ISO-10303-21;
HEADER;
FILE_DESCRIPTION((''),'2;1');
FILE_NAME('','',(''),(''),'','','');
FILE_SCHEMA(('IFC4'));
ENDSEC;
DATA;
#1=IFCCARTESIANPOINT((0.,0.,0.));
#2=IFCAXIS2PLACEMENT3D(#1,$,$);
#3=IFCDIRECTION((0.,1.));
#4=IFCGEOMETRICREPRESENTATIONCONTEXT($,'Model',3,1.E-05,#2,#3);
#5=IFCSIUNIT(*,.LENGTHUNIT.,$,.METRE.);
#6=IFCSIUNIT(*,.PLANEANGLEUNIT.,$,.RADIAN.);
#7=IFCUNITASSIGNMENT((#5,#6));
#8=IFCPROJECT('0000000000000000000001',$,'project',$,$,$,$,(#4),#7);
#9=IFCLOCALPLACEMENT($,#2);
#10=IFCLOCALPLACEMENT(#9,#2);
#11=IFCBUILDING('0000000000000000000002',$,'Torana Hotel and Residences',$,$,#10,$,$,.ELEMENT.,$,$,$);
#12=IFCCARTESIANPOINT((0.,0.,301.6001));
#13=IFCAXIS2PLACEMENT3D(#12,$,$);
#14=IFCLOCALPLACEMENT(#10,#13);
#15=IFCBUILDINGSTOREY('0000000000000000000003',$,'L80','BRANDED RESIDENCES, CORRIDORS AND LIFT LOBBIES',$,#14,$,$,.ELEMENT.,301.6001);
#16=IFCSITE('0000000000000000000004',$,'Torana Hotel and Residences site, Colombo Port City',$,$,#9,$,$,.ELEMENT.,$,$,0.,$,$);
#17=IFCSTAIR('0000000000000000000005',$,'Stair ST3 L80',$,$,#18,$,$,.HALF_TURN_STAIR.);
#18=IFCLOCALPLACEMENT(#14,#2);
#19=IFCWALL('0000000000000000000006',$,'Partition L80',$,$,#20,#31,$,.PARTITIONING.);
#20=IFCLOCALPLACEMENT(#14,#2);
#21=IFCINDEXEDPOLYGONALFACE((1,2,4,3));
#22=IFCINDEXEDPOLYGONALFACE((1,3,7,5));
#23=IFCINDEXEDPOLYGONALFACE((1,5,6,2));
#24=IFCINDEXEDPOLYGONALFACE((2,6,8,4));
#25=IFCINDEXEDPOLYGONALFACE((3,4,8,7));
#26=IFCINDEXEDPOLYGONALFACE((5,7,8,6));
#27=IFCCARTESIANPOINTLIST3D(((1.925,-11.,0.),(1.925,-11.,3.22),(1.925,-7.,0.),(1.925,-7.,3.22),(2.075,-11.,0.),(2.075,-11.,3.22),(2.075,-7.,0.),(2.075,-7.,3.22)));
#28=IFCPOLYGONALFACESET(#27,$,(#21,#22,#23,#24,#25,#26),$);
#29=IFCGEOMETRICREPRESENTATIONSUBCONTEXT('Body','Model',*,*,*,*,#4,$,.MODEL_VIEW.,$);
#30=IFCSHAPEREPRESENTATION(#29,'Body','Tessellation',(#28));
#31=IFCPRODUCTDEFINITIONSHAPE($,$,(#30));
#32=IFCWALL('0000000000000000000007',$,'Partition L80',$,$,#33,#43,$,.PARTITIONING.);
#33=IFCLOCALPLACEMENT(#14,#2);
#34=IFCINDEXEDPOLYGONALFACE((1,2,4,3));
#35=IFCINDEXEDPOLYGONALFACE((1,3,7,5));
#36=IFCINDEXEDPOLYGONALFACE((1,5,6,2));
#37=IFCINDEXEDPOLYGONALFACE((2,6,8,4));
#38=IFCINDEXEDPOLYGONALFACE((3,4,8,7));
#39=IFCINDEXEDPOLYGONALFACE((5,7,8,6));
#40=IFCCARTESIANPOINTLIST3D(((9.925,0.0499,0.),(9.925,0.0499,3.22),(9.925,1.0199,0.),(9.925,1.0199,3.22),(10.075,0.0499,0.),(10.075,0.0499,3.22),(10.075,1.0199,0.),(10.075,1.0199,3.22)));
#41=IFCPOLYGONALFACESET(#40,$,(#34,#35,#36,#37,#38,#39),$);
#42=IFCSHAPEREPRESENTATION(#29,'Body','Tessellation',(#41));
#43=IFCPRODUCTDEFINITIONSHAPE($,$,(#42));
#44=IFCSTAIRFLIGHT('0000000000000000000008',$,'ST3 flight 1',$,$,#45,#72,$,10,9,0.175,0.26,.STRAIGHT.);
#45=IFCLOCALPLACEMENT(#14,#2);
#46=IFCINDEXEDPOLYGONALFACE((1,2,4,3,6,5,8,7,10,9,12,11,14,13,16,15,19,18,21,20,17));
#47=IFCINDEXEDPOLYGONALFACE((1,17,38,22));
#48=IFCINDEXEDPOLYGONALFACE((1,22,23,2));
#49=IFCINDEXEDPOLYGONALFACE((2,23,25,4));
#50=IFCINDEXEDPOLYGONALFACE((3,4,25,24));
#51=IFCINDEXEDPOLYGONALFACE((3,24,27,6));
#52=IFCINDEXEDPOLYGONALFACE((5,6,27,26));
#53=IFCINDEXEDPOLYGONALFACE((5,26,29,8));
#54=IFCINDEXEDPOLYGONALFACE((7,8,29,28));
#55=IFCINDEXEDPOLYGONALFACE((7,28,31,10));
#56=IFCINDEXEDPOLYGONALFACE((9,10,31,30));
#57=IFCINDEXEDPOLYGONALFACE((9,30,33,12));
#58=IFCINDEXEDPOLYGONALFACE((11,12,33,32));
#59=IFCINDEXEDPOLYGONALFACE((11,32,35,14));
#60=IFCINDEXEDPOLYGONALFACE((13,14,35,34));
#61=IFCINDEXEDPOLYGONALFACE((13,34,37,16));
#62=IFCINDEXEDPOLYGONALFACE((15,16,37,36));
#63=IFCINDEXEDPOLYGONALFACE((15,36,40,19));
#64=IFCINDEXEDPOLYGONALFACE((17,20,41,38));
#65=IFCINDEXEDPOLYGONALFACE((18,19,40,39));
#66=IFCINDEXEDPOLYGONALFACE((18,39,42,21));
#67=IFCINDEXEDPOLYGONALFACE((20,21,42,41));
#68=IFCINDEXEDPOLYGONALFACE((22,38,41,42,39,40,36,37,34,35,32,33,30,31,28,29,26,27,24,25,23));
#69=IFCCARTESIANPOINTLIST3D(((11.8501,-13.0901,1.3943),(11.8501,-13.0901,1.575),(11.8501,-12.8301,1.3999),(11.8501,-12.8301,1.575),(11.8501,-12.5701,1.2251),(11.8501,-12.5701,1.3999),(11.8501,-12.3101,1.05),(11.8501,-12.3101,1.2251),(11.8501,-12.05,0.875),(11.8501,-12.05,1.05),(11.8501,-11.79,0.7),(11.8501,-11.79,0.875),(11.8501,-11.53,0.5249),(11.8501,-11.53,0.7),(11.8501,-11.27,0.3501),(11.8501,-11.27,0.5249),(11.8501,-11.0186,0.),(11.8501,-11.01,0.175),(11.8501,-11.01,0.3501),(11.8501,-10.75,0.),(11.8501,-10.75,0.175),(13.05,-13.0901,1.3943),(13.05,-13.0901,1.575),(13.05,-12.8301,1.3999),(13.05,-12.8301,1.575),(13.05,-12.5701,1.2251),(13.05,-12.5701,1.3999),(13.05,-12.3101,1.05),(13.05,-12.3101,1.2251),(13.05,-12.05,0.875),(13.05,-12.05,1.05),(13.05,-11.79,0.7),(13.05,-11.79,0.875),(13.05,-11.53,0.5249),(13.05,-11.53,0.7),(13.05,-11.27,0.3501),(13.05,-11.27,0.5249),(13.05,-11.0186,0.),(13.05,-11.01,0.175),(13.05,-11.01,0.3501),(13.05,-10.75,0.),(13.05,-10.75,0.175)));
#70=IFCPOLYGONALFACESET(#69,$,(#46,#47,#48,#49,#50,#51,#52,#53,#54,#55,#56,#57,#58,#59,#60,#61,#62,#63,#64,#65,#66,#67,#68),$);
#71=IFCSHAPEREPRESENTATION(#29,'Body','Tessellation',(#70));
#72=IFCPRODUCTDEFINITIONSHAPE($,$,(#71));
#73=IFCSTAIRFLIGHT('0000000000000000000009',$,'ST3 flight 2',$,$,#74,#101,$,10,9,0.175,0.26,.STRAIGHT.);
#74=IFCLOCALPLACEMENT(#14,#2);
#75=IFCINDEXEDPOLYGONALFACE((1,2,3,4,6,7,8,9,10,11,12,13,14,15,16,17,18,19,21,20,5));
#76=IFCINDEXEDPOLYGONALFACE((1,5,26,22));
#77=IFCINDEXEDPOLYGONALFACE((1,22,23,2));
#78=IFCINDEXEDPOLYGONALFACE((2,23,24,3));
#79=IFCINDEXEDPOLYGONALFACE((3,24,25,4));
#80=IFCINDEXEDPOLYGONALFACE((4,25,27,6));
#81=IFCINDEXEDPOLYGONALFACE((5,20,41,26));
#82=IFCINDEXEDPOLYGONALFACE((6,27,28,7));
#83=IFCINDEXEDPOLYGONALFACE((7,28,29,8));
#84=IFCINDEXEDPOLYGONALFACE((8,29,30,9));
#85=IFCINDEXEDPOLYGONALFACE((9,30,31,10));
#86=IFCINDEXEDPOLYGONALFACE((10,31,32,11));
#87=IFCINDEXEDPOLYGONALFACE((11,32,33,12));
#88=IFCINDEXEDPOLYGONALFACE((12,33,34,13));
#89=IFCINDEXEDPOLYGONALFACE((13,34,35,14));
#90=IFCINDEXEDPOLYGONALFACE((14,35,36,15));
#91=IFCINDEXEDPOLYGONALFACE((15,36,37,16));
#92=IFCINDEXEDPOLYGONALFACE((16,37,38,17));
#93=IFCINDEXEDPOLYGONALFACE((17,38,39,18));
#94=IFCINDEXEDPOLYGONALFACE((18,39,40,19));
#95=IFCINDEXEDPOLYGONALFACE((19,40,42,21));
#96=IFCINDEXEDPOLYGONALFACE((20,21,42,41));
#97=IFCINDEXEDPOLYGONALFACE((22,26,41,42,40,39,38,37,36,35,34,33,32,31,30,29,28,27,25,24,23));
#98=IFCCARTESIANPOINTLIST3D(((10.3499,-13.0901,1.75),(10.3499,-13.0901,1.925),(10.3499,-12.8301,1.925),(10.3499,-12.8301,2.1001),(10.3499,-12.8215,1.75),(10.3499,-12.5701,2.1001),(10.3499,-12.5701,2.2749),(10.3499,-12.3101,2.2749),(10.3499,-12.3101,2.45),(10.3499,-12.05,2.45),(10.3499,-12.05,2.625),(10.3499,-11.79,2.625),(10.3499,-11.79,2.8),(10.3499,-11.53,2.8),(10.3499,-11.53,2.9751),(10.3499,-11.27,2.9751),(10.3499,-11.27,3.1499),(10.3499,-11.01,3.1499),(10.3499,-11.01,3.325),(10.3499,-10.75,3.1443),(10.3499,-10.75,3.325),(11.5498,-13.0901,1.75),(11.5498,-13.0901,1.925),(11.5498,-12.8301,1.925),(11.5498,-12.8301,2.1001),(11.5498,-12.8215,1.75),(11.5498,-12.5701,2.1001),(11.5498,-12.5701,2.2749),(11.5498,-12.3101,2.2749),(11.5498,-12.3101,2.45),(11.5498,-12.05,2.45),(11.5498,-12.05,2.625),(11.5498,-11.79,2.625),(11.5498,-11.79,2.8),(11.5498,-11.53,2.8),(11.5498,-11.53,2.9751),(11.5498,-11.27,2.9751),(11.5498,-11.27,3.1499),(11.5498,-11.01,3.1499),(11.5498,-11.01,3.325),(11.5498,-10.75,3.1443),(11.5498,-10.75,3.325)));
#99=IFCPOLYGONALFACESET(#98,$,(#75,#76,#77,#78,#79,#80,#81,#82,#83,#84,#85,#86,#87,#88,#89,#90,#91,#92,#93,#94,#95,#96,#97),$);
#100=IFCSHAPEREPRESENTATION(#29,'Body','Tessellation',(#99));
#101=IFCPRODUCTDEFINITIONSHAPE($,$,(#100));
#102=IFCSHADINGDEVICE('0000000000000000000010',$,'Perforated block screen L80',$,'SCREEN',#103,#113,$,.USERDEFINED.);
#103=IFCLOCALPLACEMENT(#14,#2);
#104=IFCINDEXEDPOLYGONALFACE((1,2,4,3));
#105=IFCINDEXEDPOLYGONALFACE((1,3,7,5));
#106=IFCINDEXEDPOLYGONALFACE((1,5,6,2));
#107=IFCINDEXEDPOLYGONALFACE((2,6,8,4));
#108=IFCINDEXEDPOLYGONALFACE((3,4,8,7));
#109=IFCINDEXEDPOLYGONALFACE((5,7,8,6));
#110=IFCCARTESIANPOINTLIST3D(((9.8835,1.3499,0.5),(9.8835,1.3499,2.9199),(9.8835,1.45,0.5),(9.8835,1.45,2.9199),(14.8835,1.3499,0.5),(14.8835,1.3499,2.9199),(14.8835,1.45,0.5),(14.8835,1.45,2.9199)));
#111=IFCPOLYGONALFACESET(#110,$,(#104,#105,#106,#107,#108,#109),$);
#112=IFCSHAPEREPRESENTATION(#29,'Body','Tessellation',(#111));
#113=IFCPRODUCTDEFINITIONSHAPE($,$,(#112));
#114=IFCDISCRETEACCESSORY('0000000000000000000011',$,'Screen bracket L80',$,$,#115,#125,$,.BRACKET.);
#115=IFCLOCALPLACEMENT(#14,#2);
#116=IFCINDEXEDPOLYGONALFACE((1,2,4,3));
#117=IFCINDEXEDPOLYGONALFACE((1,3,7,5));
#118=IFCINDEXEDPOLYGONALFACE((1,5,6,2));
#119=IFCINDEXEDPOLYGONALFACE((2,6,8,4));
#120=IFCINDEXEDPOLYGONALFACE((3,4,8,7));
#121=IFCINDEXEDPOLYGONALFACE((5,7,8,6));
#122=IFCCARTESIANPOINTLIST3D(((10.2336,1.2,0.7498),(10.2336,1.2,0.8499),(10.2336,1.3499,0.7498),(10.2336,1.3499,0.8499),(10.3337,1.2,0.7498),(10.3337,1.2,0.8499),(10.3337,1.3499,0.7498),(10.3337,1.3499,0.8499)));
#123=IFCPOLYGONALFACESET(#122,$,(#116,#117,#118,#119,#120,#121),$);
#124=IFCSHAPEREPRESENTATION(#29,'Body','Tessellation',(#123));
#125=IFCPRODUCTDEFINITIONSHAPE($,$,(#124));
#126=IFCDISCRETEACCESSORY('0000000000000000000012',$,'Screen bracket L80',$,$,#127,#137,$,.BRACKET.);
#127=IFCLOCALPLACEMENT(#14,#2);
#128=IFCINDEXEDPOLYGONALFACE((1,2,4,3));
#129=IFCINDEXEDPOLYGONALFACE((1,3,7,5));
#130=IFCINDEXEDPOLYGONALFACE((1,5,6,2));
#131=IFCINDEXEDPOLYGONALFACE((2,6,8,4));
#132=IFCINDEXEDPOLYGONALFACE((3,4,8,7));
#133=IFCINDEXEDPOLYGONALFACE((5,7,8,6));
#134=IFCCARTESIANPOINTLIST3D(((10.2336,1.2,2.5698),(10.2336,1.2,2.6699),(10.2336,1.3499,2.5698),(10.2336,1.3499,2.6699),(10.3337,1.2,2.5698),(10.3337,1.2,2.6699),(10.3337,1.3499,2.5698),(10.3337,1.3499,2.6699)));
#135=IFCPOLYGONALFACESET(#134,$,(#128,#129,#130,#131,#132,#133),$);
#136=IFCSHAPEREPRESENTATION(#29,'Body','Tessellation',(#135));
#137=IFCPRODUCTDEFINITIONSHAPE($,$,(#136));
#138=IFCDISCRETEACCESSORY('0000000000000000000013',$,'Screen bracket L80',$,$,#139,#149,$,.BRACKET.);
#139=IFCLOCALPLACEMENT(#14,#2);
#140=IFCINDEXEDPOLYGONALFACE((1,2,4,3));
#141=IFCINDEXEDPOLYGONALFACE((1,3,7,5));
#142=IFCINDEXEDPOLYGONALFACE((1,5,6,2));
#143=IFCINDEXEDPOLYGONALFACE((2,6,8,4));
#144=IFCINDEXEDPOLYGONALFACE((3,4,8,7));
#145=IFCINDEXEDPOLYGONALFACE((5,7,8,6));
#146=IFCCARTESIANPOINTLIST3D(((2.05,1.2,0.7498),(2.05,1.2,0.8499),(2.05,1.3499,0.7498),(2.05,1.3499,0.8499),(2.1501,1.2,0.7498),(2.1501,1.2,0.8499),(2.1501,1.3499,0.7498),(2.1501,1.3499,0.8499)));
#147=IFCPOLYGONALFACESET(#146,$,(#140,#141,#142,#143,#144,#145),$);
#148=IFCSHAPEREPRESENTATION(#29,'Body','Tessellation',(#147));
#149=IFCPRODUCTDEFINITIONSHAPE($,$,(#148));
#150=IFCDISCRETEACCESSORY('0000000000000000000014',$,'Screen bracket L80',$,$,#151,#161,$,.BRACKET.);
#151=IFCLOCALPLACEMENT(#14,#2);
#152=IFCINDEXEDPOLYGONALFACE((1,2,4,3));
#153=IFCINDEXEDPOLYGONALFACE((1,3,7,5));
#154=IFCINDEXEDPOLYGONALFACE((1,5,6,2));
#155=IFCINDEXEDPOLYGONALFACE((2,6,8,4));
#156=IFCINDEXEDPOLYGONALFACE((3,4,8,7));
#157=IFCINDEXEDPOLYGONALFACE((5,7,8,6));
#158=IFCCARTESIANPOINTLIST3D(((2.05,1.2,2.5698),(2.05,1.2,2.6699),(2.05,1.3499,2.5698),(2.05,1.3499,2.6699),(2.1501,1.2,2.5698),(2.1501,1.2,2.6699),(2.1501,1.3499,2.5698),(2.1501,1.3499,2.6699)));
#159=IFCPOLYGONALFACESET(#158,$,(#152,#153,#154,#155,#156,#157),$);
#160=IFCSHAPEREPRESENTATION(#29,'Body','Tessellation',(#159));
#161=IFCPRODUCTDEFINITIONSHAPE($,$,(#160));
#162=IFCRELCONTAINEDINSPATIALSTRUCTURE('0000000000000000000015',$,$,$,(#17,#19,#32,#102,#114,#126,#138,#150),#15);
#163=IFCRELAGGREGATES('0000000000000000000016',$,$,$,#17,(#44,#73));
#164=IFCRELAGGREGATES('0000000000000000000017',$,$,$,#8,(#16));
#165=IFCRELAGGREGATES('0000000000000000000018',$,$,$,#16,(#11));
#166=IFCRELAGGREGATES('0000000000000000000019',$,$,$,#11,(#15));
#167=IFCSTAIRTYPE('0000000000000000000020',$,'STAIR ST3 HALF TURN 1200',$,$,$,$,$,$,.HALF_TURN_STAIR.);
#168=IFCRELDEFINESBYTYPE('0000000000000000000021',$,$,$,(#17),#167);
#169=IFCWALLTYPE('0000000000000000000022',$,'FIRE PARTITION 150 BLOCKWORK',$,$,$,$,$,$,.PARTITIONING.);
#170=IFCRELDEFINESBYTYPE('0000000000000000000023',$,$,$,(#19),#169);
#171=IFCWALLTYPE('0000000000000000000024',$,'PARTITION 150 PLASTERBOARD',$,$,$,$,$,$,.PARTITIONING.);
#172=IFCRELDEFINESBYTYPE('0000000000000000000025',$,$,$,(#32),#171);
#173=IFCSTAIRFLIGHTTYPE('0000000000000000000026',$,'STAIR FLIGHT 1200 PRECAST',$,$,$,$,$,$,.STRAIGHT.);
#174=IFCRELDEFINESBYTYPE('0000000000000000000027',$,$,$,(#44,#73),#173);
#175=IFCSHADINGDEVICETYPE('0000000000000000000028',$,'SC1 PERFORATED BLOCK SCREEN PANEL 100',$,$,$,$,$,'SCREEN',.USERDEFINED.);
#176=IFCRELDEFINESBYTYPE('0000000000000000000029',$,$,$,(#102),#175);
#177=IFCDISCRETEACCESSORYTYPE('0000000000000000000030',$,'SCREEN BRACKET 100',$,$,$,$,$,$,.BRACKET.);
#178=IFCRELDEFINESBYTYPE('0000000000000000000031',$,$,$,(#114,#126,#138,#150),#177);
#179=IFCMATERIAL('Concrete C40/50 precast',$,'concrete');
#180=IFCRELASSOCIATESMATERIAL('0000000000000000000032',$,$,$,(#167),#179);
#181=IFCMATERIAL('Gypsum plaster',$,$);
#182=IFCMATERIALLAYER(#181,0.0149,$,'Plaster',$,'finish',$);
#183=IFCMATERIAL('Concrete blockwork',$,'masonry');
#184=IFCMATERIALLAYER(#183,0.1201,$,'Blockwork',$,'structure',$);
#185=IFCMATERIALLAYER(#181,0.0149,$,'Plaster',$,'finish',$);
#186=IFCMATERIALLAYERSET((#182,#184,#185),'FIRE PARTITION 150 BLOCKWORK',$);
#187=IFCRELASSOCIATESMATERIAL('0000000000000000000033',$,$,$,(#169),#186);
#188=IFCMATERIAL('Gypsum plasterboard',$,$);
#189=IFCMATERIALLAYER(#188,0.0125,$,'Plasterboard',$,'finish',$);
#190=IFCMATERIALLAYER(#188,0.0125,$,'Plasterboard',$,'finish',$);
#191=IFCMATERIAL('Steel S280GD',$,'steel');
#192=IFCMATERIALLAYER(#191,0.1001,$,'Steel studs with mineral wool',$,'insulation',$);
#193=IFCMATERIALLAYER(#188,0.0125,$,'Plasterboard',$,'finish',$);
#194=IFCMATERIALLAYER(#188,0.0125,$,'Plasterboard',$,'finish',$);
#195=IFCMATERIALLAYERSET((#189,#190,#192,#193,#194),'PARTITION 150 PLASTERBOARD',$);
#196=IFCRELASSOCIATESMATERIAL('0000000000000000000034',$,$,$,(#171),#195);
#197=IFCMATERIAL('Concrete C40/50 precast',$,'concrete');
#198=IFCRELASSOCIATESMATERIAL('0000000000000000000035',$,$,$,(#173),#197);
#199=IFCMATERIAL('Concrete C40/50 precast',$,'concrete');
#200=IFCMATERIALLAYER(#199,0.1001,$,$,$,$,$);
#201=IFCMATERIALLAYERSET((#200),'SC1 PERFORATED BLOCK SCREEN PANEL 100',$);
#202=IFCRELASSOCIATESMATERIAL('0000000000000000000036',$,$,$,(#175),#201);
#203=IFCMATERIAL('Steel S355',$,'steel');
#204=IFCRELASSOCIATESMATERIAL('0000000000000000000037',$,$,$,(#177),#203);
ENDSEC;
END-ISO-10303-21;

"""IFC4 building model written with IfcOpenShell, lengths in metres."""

from ifc_helpers import new_model, si_unit, direction, frame, frame_2d, origin, origin_2d, place, context, subcontext, project, spatial, polyline, rectangle, outline, extrude, material, layer, layer_set, type_object, element, aggregate, save


model = new_model("IFC4")

# Units and contexts
model_context = context("Model", 3, precision=1e-05, world=origin(), true_north=direction((0.0, 1.0)))
body_context = subcontext(model_context, "Body", "Model", "MODEL_VIEW")
ifc_project = project(units=[si_unit("LENGTHUNIT", "METRE"), si_unit("PLANEANGLEUNIT", "RADIAN")], contexts=[model_context])

# Site, building, storey
site_placement = place(None, origin())
site = spatial("IfcSite", under=ifc_project, at=site_placement, Name="Torana Hotel and Residences site, Colombo Port City", CompositionType="ELEMENT", RefElevation=0.0)
building_placement = place(site_placement, origin())
building = spatial("IfcBuilding", under=site, at=building_placement, Name="Torana Hotel and Residences", CompositionType="ELEMENT")
storey_placement = place(building_placement, frame((0.0, 0.0, 301.6001)))
storey = spatial("IfcBuildingStorey", under=building, at=storey_placement, Name="L80", Description="BRANDED RESIDENCES, CORRIDORS AND LIFT LOBBIES", CompositionType="ELEMENT", Elevation=301.6001)

# Stair
ifc_material_1 = material(Name="Concrete C40/50 precast", Category="concrete")
stair_type_1 = type_object("IfcStairType", Name="STAIR ST3 HALF TURN 1200", PredefinedType="HALF_TURN_STAIR", material=ifc_material_1)
stair_1_placement = place(storey_placement, origin())
stair_1 = element("IfcStair", 1, at=stair_1_placement, inside=storey, type_object=stair_type_1, Name="Stair ST3 L80", PredefinedType="HALF_TURN_STAIR")

# Walls
ifc_material_2 = material(Name="Gypsum plaster")
ifc_layer_1 = layer(ifc_material_2, 0.0149, Name="Plaster", Category="finish")
ifc_material_3 = material(Name="Concrete blockwork", Category="masonry")
ifc_layer_2 = layer(ifc_material_3, 0.1201, Name="Blockwork", Category="structure")
ifc_layer_3 = layer(ifc_material_2, 0.0149, Name="Plaster", Category="finish")
ifc_layer_set_1 = layer_set([ifc_layer_1, ifc_layer_2, ifc_layer_3], Name="FIRE PARTITION 150 BLOCKWORK")
wall_type_1 = type_object("IfcWallType", Name="FIRE PARTITION 150 BLOCKWORK", PredefinedType="PARTITIONING", material=ifc_layer_set_1)
wall_1_placement = place(storey_placement, frame((2.0, -11.0, 0.0), z_axis=(0.0, 0.0, 1.0), x_axis=(0.0, 1.0, 0.0)))
element("IfcWall", 2, at=wall_1_placement, inside=storey, type_object=wall_type_1, Name="Partition L80", PredefinedType="PARTITIONING", context=body_context, shape_type="SweptSolid", body=[
    extrude(rectangle(XDim=4.0, YDim=0.1499, at=frame_2d((2.0, 0.0))), origin(), (0.0, 0.0, 1.0), 3.22),
])
ifc_material_4 = material(Name="Gypsum plasterboard")
ifc_layer_4 = layer(ifc_material_4, 0.0125, Name="Plasterboard", Category="finish")
ifc_layer_5 = layer(ifc_material_4, 0.0125, Name="Plasterboard", Category="finish")
ifc_material_5 = material(Name="Steel S280GD", Category="steel")
ifc_layer_6 = layer(ifc_material_5, 0.1001, Name="Steel studs with mineral wool", Category="insulation")
ifc_layer_7 = layer(ifc_material_4, 0.0125, Name="Plasterboard", Category="finish")
ifc_layer_8 = layer(ifc_material_4, 0.0125, Name="Plasterboard", Category="finish")
ifc_layer_set_2 = layer_set([ifc_layer_4, ifc_layer_5, ifc_layer_6, ifc_layer_7, ifc_layer_8], Name="PARTITION 150 PLASTERBOARD")
wall_type_2 = type_object("IfcWallType", Name="PARTITION 150 PLASTERBOARD", PredefinedType="PARTITIONING", material=ifc_layer_set_2)
wall_2_placement = place(storey_placement, frame((10.0, 0.05, 0.0), z_axis=(0.0, 0.0, 1.0), x_axis=(0.0, 1.0, 0.0)))
element("IfcWall", 3, at=wall_2_placement, inside=storey, type_object=wall_type_2, Name="Partition L80", PredefinedType="PARTITIONING", context=body_context, shape_type="SweptSolid", body=[
    extrude(rectangle(XDim=0.97, YDim=0.1499, at=frame_2d((0.4849, 0.0))), origin(), (0.0, 0.0, 1.0), 3.22),
])

# Stair flights
ifc_material_6 = material(Name="Concrete C40/50 precast", Category="concrete")
stair_flight_type = type_object("IfcStairFlightType", Name="STAIR FLIGHT 1200 PRECAST", PredefinedType="STRAIGHT", material=ifc_material_6)
stair_flight_1_placement = place(storey_placement, frame((12.45, -10.75, 0.0), z_axis=(0.0, 0.0, 1.0), x_axis=(0.0, -1.0, 0.0)))
stair_flight_1 = element("IfcStairFlight", 4, at=stair_flight_1_placement, type_object=stair_flight_type, Name="ST3 flight 1", NumberOfRisers=10, NumberOfTreads=9, PredefinedType="STRAIGHT", RiserHeight=0.175, TreadLength=0.26, context=body_context, shape_type="SweptSolid", body=[
    extrude(outline(polyline([(0.0, 0.0), (0.0, 0.175), (0.26, 0.175), (0.26, 0.3501), (0.52, 0.3501), (0.52, 0.5249), (0.78, 0.5249), (0.78, 0.7), (1.04, 0.7), (1.04, 0.875), (1.3, 0.875), (1.3, 1.05), (1.5601, 1.05), (1.5601, 1.2251), (1.8201, 1.2251), (1.8201, 1.3999), (2.0801, 1.3999), (2.0801, 1.575), (2.3401, 1.575), (2.3401, 1.75), (2.3401, 1.3943), (0.2686, 0.0), (0.0, 0.0)])), frame((0.0, 0.6001, 0.0), z_axis=(0.0, -1.0, 0.0), x_axis=(1.0, 0.0, 0.0)), (0.0, 0.0, 1.0), 1.2),
])
stair_flight_2_placement = place(storey_placement, frame((10.95, -13.0901, 1.75), z_axis=(0.0, 0.0, 1.0), x_axis=(0.0, 1.0, 0.0)))
stair_flight_2 = element("IfcStairFlight", 5, at=stair_flight_2_placement, type_object=stair_flight_type, Name="ST3 flight 2", NumberOfRisers=10, NumberOfTreads=9, PredefinedType="STRAIGHT", RiserHeight=0.175, TreadLength=0.26, context=body_context, shape_type="SweptSolid", body=[
    extrude(outline(polyline([(0.0, 0.0), (0.0, 0.175), (0.26, 0.175), (0.26, 0.3501), (0.52, 0.3501), (0.52, 0.5249), (0.78, 0.5249), (0.78, 0.7), (1.04, 0.7), (1.04, 0.875), (1.3, 0.875), (1.3, 1.05), (1.5601, 1.05), (1.5601, 1.2251), (1.8201, 1.2251), (1.8201, 1.3999), (2.0801, 1.3999), (2.0801, 1.575), (2.3401, 1.575), (2.3401, 1.75), (2.3401, 1.3943), (0.2686, 0.0), (0.0, 0.0)])), frame((0.0, 0.6001, 0.0), z_axis=(0.0, -1.0, 0.0), x_axis=(1.0, 0.0, 0.0)), (0.0, 0.0, 1.0), 1.2),
])
aggregate(stair_1, [stair_flight_1, stair_flight_2])

# Shading device
ifc_material_7 = material(Name="Concrete C40/50 precast", Category="concrete")
ifc_layer_9 = layer(ifc_material_7, 0.1001)
ifc_layer_set_3 = layer_set([ifc_layer_9], Name="SC1 PERFORATED BLOCK SCREEN PANEL 100")
shading_device_type = type_object("IfcShadingDeviceType", Name="SC1 PERFORATED BLOCK SCREEN PANEL 100", ElementType="SCREEN", PredefinedType="USERDEFINED", material=ifc_layer_set_3)
shading_device_placement = place(storey_placement, frame((12.3835, 1.3999, 0.5), z_axis=(0.0, 0.0, 1.0), x_axis=(-1.0, 0.0, 0.0)))
element("IfcShadingDevice", 6, at=shading_device_placement, inside=storey, type_object=shading_device_type, Name="Perforated block screen L80", ObjectType="SCREEN", PredefinedType="USERDEFINED", context=body_context, shape_type="SweptSolid", body=[
    extrude(rectangle(XDim=5.0, YDim=0.1001, at=origin_2d()), origin(), (0.0, 0.0, 1.0), 2.4199),
])

# Discrete accessories
ifc_material_8 = material(Name="Steel S355", Category="steel")
discrete_accessory_type = type_object("IfcDiscreteAccessoryType", Name="SCREEN BRACKET 100", PredefinedType="BRACKET", material=ifc_material_8)
for number, where, z_axis, x_axis, name in (
    (7, (10.2837, 1.2749, 0.7498), (0.0, 0.0, 1.0), (-1.0, 0.0, 0.0), "Screen bracket L80"),
    (8, (10.2837, 1.2749, 2.5698), (0.0, 0.0, 1.0), (-1.0, 0.0, 0.0), "Screen bracket L80"),
    (9, (2.1001, 1.2749, 0.7498), (0.0, 0.0, 1.0), (-1.0, 0.0, 0.0), "Screen bracket L80"),
    (10, (2.1001, 1.2749, 2.5698), (0.0, 0.0, 1.0), (-1.0, 0.0, 0.0), "Screen bracket L80"),
):
    element("IfcDiscreteAccessory", number, at=place(storey_placement, frame(where, z_axis=z_axis, x_axis=x_axis)), inside=storey, type_object=discrete_accessory_type, Name=name, PredefinedType="BRACKET", context=body_context, shape_type="SweptSolid", body=[
        extrude(rectangle(XDim=0.1001, YDim=0.1499, at=origin_2d()), origin(), (0.0, 0.0, 1.0), 0.1001),
    ])

save(model, "model.ifc")
